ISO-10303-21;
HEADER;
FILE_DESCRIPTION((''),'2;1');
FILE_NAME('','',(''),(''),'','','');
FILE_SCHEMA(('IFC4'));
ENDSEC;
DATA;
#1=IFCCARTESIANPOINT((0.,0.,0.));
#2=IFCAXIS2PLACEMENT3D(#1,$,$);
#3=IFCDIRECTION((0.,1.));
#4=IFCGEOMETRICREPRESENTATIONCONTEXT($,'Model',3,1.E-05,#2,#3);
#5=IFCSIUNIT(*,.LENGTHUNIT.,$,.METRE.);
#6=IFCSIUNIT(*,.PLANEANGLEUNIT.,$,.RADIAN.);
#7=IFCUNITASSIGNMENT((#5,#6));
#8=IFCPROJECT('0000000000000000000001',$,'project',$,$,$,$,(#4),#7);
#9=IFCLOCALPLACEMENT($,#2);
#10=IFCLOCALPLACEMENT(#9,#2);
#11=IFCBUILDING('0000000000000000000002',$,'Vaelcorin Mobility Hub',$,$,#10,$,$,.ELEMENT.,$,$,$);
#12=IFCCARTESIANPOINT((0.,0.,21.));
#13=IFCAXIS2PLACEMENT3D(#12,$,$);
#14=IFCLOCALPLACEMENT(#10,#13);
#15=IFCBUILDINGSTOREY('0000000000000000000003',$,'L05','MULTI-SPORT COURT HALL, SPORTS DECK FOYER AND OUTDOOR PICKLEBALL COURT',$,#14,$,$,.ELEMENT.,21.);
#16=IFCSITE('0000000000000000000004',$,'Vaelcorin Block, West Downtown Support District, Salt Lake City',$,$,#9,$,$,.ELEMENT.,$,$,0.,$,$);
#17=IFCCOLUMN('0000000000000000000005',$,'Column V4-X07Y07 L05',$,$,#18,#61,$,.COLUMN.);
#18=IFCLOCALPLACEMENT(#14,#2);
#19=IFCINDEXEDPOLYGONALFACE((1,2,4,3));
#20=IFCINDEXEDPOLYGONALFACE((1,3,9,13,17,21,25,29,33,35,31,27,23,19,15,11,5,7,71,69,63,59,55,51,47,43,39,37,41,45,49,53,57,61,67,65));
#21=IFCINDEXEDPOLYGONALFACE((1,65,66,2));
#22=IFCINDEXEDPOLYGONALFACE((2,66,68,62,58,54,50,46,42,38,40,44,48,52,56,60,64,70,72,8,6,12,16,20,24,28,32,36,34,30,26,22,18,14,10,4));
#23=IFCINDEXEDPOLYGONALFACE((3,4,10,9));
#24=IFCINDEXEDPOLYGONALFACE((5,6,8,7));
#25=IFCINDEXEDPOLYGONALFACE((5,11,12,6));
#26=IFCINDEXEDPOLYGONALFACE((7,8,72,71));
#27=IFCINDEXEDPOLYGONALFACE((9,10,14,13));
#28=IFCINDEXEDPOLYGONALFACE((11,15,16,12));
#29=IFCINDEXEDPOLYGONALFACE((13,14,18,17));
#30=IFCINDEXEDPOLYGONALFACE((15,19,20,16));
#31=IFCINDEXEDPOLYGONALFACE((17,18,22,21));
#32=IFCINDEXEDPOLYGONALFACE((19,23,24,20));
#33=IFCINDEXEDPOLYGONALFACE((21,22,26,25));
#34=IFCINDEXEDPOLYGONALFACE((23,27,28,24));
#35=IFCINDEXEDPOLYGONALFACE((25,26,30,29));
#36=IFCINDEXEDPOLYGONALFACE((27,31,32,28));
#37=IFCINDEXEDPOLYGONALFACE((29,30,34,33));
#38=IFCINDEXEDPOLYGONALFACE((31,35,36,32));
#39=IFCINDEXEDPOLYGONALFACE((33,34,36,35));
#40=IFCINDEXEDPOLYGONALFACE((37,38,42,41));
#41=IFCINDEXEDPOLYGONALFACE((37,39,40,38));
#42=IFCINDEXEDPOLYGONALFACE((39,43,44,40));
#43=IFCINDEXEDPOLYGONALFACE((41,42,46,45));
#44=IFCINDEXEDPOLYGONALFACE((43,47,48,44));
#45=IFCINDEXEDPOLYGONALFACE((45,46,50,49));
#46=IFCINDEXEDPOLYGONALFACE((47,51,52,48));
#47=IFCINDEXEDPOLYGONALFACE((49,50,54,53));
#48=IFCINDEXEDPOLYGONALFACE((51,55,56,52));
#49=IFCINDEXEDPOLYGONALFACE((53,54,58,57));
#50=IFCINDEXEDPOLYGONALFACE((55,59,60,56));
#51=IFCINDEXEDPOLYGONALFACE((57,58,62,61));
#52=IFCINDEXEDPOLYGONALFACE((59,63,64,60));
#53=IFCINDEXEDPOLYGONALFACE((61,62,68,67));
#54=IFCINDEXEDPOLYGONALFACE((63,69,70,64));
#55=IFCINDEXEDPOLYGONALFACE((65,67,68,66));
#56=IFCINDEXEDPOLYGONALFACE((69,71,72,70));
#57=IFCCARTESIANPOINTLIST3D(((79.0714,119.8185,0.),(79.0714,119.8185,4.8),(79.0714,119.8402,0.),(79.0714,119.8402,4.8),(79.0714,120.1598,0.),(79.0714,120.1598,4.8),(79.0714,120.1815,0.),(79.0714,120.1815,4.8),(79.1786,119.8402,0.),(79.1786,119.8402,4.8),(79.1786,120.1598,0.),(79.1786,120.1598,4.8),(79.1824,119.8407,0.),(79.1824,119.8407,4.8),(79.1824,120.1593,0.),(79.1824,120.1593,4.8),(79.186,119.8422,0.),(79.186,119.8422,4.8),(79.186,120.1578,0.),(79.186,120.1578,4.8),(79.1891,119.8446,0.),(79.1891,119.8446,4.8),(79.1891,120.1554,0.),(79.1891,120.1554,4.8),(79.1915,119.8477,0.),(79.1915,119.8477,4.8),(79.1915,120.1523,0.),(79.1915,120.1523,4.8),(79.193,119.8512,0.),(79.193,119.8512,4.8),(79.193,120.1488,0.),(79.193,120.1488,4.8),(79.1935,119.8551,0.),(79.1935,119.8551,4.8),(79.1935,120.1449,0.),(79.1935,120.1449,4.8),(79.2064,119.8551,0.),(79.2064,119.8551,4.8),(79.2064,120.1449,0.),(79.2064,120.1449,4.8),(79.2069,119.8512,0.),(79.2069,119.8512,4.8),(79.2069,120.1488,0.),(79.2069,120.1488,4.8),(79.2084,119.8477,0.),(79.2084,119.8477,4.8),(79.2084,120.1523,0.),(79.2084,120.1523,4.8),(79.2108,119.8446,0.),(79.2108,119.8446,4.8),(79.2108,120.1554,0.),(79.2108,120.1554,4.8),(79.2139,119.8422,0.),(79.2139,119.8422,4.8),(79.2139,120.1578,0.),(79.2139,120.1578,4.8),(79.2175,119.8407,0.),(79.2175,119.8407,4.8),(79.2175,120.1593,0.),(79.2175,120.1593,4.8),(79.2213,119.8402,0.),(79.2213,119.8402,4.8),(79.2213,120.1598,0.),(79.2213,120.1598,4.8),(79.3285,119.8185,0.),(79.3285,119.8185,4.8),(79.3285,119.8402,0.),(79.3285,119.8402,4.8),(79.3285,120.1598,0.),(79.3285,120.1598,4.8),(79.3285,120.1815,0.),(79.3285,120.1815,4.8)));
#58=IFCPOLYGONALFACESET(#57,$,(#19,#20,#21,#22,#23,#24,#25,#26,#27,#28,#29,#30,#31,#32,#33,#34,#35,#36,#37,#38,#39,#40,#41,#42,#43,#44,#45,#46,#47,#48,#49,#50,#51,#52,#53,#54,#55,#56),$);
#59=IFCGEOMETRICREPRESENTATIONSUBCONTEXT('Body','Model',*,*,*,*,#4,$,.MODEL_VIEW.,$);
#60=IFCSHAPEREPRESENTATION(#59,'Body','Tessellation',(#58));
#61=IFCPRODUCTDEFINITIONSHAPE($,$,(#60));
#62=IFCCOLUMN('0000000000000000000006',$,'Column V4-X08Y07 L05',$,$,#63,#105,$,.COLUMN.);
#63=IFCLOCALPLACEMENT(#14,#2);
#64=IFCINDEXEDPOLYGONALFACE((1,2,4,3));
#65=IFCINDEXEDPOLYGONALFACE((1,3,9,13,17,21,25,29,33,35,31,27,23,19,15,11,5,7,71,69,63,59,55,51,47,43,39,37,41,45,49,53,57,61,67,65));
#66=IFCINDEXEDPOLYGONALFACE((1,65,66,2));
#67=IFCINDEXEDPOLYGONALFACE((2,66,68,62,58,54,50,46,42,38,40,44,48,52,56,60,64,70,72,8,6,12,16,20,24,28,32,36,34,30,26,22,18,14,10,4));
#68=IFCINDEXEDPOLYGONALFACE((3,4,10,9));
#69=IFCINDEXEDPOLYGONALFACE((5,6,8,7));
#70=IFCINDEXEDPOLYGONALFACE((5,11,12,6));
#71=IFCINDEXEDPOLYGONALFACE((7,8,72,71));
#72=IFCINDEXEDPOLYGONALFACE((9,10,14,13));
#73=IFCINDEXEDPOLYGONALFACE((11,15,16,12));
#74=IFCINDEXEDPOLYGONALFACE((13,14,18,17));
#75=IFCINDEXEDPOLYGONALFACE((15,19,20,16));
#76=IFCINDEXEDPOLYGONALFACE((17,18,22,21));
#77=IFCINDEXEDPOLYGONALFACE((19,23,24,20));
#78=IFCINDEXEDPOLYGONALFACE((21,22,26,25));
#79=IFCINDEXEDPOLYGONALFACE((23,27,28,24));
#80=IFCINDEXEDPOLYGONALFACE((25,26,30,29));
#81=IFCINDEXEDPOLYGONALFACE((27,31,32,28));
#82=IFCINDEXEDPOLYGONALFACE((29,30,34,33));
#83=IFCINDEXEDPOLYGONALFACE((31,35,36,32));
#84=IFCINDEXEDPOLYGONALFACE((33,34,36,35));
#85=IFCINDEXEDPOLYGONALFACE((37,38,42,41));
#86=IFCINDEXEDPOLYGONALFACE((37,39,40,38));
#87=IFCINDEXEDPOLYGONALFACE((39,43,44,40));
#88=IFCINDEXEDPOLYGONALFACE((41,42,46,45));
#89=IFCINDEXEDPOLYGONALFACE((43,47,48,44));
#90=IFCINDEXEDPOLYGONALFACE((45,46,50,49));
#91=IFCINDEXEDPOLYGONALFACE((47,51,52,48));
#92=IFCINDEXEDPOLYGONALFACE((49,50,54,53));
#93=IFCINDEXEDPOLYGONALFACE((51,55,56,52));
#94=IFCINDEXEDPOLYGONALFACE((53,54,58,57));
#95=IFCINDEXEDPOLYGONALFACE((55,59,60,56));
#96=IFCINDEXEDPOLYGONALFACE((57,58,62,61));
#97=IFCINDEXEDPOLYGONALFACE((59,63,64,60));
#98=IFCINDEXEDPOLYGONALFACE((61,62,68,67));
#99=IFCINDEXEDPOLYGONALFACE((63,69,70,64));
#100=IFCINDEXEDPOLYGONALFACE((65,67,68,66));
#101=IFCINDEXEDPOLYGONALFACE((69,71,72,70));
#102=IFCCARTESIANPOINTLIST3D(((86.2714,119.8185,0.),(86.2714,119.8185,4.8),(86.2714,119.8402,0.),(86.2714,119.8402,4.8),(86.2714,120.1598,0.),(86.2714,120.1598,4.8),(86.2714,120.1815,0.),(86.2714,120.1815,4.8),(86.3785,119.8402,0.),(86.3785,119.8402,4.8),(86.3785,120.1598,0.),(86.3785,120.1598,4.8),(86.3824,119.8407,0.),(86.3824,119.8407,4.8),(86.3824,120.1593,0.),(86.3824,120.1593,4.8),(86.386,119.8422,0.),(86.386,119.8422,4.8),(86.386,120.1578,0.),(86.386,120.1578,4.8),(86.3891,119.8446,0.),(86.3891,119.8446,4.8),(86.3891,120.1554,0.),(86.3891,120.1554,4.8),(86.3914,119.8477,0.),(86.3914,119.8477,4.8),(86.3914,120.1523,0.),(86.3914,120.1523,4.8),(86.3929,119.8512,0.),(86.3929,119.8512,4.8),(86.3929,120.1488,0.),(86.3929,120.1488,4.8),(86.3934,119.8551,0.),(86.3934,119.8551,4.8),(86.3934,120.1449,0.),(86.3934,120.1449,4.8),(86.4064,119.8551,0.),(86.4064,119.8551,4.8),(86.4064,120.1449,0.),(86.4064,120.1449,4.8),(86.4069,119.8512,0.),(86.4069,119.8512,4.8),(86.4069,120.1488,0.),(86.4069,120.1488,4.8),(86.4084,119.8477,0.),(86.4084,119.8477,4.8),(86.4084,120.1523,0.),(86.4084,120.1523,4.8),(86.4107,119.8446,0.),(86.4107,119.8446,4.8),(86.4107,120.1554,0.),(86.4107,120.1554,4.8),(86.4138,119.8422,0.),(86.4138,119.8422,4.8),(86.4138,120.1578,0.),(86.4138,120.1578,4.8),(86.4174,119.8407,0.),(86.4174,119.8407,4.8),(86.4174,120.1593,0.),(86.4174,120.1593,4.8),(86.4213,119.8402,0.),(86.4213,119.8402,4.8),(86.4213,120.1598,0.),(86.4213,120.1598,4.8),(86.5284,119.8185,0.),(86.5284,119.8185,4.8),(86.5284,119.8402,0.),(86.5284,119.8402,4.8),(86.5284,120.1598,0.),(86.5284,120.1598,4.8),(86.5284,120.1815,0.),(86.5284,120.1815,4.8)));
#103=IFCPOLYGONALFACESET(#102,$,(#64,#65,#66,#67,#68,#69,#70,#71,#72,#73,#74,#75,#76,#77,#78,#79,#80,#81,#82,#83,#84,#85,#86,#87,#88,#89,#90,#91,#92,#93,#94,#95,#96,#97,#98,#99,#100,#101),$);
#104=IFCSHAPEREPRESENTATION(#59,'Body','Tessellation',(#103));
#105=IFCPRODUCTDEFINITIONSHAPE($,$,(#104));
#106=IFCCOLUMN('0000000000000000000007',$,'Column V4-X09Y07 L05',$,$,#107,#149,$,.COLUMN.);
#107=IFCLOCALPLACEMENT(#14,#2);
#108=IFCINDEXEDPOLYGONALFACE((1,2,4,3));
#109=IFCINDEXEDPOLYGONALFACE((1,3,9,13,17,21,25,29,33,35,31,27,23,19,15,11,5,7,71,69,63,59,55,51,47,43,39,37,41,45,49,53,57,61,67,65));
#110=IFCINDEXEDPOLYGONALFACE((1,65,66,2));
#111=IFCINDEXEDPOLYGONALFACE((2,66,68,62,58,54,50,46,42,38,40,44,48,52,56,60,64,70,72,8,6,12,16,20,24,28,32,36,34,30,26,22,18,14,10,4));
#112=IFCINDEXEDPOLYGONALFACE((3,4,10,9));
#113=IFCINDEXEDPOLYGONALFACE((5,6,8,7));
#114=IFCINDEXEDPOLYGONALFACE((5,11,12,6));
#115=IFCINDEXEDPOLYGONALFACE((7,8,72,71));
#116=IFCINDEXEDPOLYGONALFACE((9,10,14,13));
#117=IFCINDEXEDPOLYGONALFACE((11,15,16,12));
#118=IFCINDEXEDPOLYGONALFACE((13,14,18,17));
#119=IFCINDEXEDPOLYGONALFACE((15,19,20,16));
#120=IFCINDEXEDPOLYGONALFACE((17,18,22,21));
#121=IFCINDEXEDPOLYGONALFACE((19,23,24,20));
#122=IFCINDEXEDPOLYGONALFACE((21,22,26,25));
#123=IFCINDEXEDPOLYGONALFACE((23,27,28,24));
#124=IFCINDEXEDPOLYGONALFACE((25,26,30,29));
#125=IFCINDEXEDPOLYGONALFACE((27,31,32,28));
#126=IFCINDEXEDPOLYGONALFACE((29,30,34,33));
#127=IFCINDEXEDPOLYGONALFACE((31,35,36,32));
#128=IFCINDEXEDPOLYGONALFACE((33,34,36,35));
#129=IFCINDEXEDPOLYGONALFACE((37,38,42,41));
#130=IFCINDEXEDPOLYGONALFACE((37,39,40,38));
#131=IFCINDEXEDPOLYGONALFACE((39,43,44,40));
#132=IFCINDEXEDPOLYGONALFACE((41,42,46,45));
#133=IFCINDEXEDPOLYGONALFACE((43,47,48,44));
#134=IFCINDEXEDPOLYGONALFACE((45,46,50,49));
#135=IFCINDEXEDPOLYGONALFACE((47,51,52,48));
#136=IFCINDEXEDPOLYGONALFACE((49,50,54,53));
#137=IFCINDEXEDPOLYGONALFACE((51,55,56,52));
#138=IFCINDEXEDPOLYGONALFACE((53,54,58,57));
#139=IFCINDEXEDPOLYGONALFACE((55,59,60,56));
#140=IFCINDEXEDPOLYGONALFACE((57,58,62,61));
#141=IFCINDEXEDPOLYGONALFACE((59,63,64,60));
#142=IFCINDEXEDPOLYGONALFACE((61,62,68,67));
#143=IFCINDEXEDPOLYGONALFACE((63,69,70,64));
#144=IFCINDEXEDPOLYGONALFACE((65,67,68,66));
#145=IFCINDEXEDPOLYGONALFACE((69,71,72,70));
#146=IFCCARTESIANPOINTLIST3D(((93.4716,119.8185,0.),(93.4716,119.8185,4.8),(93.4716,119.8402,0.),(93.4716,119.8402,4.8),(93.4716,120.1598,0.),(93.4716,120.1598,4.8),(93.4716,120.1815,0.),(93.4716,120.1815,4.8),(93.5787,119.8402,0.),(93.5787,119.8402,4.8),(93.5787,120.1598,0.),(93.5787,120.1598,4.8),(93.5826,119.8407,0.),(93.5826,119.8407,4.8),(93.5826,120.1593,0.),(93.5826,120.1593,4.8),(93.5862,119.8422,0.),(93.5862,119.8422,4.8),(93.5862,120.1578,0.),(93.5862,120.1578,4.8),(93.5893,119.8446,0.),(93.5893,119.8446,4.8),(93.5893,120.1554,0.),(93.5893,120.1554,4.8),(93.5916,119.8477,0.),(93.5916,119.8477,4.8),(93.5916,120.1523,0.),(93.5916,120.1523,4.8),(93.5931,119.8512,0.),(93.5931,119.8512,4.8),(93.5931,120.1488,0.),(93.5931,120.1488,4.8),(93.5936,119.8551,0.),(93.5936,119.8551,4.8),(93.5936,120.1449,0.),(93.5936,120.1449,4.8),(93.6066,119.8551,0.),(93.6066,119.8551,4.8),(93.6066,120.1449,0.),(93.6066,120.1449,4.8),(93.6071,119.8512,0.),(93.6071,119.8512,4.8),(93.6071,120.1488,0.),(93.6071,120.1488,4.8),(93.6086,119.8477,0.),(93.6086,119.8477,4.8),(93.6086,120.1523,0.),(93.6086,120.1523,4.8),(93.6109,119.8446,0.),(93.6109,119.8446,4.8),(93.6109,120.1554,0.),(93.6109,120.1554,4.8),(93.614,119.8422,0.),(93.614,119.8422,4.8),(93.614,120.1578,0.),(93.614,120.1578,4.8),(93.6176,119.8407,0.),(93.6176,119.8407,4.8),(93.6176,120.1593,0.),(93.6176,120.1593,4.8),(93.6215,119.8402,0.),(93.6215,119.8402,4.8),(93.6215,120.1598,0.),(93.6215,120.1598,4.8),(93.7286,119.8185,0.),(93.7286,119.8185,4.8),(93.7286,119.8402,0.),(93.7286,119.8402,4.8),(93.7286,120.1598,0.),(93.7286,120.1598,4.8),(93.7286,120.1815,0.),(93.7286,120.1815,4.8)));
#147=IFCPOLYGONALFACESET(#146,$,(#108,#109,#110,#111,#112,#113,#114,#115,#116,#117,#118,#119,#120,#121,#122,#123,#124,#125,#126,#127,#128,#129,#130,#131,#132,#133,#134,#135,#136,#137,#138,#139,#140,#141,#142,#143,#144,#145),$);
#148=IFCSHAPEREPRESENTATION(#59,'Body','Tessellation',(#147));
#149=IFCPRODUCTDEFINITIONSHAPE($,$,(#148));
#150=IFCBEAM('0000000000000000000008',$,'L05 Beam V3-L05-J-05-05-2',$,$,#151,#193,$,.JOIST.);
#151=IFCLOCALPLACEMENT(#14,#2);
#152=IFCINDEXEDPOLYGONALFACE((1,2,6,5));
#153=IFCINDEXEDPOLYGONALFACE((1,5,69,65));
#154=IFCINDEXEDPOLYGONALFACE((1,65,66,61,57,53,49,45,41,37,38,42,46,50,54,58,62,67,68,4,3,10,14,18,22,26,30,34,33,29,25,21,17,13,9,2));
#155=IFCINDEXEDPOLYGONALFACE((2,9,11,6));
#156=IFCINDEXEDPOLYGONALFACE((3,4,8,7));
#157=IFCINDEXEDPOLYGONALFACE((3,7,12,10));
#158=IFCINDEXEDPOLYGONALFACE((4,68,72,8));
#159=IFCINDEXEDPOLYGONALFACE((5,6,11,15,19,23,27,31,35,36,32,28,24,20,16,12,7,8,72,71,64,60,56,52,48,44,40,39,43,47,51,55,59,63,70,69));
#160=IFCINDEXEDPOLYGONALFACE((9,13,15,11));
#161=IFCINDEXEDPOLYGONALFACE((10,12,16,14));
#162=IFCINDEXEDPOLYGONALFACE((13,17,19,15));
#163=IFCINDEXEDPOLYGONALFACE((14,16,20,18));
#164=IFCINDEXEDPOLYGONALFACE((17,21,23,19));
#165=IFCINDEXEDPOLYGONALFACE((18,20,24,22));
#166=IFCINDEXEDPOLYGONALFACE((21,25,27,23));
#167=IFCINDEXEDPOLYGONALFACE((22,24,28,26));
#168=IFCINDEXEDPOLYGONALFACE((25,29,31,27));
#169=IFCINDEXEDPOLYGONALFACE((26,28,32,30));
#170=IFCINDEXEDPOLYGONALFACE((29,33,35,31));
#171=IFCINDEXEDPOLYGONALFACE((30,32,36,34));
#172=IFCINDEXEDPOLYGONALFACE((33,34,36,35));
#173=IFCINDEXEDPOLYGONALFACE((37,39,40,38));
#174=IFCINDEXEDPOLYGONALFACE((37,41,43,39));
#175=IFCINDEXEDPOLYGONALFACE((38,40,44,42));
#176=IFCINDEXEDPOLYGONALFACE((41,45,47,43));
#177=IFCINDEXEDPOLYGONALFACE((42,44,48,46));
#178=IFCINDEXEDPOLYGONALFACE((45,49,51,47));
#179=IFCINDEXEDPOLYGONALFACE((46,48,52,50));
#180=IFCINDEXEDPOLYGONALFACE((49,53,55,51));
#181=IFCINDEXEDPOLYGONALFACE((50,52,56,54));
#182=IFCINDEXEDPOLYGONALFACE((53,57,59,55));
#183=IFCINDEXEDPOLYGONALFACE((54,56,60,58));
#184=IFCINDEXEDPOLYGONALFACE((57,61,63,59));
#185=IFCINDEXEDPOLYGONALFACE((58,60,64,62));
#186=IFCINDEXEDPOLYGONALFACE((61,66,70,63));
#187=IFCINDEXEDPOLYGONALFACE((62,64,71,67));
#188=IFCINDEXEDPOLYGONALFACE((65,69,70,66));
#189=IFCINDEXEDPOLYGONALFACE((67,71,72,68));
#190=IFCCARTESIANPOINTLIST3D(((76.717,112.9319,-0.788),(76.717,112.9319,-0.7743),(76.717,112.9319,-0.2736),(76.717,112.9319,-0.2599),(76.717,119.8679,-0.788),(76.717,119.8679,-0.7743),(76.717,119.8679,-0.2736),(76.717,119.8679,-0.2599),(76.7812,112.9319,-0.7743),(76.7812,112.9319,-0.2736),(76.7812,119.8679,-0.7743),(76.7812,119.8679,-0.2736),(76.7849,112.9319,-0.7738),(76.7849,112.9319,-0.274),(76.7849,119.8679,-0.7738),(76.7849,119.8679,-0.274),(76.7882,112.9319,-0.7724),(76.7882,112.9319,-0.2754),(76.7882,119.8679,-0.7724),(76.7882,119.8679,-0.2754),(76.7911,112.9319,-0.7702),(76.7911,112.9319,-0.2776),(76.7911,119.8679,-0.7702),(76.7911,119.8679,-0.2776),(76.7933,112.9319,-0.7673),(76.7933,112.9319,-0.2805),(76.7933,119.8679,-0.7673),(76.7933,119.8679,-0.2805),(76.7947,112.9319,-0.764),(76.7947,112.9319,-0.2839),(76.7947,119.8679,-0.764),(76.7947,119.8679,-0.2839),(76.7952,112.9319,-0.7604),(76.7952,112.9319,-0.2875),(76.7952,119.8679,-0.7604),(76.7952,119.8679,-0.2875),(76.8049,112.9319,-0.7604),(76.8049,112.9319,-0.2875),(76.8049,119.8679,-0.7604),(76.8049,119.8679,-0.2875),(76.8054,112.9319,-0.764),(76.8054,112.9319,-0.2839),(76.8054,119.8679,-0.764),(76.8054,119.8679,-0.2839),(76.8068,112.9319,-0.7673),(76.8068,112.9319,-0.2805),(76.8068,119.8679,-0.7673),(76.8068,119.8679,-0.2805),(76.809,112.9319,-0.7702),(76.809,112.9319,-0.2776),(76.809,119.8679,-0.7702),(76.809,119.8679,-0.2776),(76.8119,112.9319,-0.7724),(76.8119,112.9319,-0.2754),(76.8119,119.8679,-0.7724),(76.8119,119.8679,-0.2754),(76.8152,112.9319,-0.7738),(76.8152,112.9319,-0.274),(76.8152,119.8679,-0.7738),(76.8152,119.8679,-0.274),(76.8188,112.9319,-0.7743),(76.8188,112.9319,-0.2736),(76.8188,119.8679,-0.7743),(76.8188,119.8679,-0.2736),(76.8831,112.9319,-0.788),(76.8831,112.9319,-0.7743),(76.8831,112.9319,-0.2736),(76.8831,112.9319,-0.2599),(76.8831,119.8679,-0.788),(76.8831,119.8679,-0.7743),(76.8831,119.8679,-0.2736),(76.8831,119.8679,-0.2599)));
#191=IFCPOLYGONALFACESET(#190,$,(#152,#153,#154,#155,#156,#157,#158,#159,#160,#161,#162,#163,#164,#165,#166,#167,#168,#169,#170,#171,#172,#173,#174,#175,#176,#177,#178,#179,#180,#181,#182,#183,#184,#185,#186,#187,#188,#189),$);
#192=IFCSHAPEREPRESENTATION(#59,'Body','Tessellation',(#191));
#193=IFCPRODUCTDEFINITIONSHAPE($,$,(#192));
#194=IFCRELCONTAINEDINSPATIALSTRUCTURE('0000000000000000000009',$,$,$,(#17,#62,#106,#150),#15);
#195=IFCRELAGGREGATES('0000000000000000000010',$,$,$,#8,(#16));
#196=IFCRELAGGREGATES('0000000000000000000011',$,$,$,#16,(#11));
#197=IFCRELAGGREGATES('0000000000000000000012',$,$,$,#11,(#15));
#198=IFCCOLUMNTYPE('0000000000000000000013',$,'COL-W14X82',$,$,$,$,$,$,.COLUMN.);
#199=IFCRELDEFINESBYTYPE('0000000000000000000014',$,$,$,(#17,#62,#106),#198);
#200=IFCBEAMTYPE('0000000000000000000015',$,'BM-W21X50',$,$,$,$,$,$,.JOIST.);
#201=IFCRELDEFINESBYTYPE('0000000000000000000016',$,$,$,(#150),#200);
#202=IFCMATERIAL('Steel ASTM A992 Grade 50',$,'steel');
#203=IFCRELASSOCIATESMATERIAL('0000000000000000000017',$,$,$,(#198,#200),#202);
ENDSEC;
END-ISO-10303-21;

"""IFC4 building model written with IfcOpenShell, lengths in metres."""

from ifc_helpers import new_model, si_unit, direction, frame, origin, origin_2d, place, context, subcontext, project, spatial, i_section, extrude, material, material_profile, profile_set, type_object, element, save


model = new_model("IFC4")

# Units and contexts
model_context = context("Model", 3, precision=1e-05, world=origin(), true_north=direction((0.0, 1.0)))
body_context = subcontext(model_context, "Body", "Model", "MODEL_VIEW")
ifc_project = project(units=[si_unit("LENGTHUNIT", "METRE"), si_unit("PLANEANGLEUNIT", "RADIAN")], contexts=[model_context])

# Site, building, storey
site_placement = place(None, origin())
site = spatial("IfcSite", under=ifc_project, at=site_placement, Name="Vaelcorin Block, West Downtown Support District, Salt Lake City", CompositionType="ELEMENT", RefElevation=0.0)
building_placement = place(site_placement, origin())
building = spatial("IfcBuilding", under=site, at=building_placement, Name="Vaelcorin Mobility Hub", CompositionType="ELEMENT")
storey_placement = place(building_placement, frame((0.0, 0.0, 21.0)))
storey = spatial("IfcBuildingStorey", under=building, at=storey_placement, Name="L05", Description="MULTI-SPORT COURT HALL, SPORTS DECK FOYER AND OUTDOOR PICKLEBALL COURT", CompositionType="ELEMENT", Elevation=21.0)

# Columns
ifc_material_1 = material(Name="Steel ASTM A992 Grade 50", Category="steel")
ifc_material_profile_1 = material_profile(ifc_material_1, i_section(OverallWidth=0.2571, OverallDepth=0.363, WebThickness=0.0129, FlangeThickness=0.0217, FilletRadius=0.0149, at=origin_2d()), Name="W14X82")
ifc_profile_set_1 = profile_set([ifc_material_profile_1], Name="Steel ASTM A992 Grade 50")
column_type = type_object("IfcColumnType", Name="COL-W14X82", PredefinedType="COLUMN", material=ifc_profile_set_1)
for number, where, z_axis, x_axis, name in (
    (1, (79.2, 120.0, 0.0), (0.0, 0.0, 1.0), (1.0, 0.0, 0.0), "Column V4-X07Y07 L05"),
    (2, (86.3999, 120.0, 0.0), (0.0, 0.0, 1.0), (1.0, 0.0, 0.0), "Column V4-X08Y07 L05"),
    (3, (93.6001, 120.0, 0.0), (0.0, 0.0, 1.0), (1.0, 0.0, 0.0), "Column V4-X09Y07 L05"),
):
    element("IfcColumn", number, at=place(storey_placement, frame(where, z_axis=z_axis, x_axis=x_axis)), inside=storey, type_object=column_type, Name=name, PredefinedType="COLUMN", context=body_context, shape_type="SweptSolid", body=[
        extrude(i_section(OverallWidth=0.2571, OverallDepth=0.363, WebThickness=0.0129, FlangeThickness=0.0217, FilletRadius=0.0149, at=origin_2d()), origin(), (0.0, 0.0, 1.0), 4.8),
    ])

# Beam
ifc_material_profile_2 = material_profile(ifc_material_1, i_section(OverallWidth=0.166, OverallDepth=0.5281, WebThickness=0.0098, FlangeThickness=0.0137, FilletRadius=0.0139, at=origin_2d()), Name="W21X50")
ifc_profile_set_2 = profile_set([ifc_material_profile_2], Name="Steel ASTM A992 Grade 50")
beam_type_1 = type_object("IfcBeamType", Name="BM-W21X50", PredefinedType="JOIST", material=ifc_profile_set_2)
for number, where, z_axis, x_axis, name in (
    (4, (76.8, 112.9319, -0.5239), (0.0, 1.0, 0.0), (-1.0, 0.0, 0.0), "L05 Beam V3-L05-J-05-05-2"),
):
    element("IfcBeam", number, at=place(storey_placement, frame(where, z_axis=z_axis, x_axis=x_axis)), inside=storey, type_object=beam_type_1, Name=name, PredefinedType="JOIST", context=body_context, shape_type="SweptSolid", body=[
        extrude(i_section(OverallWidth=0.166, OverallDepth=0.5281, WebThickness=0.0098, FlangeThickness=0.0137, FilletRadius=0.0139, at=origin_2d()), origin(), (0.0, 0.0, 1.0), 6.936),
    ])

save(model, "model.ifc")
